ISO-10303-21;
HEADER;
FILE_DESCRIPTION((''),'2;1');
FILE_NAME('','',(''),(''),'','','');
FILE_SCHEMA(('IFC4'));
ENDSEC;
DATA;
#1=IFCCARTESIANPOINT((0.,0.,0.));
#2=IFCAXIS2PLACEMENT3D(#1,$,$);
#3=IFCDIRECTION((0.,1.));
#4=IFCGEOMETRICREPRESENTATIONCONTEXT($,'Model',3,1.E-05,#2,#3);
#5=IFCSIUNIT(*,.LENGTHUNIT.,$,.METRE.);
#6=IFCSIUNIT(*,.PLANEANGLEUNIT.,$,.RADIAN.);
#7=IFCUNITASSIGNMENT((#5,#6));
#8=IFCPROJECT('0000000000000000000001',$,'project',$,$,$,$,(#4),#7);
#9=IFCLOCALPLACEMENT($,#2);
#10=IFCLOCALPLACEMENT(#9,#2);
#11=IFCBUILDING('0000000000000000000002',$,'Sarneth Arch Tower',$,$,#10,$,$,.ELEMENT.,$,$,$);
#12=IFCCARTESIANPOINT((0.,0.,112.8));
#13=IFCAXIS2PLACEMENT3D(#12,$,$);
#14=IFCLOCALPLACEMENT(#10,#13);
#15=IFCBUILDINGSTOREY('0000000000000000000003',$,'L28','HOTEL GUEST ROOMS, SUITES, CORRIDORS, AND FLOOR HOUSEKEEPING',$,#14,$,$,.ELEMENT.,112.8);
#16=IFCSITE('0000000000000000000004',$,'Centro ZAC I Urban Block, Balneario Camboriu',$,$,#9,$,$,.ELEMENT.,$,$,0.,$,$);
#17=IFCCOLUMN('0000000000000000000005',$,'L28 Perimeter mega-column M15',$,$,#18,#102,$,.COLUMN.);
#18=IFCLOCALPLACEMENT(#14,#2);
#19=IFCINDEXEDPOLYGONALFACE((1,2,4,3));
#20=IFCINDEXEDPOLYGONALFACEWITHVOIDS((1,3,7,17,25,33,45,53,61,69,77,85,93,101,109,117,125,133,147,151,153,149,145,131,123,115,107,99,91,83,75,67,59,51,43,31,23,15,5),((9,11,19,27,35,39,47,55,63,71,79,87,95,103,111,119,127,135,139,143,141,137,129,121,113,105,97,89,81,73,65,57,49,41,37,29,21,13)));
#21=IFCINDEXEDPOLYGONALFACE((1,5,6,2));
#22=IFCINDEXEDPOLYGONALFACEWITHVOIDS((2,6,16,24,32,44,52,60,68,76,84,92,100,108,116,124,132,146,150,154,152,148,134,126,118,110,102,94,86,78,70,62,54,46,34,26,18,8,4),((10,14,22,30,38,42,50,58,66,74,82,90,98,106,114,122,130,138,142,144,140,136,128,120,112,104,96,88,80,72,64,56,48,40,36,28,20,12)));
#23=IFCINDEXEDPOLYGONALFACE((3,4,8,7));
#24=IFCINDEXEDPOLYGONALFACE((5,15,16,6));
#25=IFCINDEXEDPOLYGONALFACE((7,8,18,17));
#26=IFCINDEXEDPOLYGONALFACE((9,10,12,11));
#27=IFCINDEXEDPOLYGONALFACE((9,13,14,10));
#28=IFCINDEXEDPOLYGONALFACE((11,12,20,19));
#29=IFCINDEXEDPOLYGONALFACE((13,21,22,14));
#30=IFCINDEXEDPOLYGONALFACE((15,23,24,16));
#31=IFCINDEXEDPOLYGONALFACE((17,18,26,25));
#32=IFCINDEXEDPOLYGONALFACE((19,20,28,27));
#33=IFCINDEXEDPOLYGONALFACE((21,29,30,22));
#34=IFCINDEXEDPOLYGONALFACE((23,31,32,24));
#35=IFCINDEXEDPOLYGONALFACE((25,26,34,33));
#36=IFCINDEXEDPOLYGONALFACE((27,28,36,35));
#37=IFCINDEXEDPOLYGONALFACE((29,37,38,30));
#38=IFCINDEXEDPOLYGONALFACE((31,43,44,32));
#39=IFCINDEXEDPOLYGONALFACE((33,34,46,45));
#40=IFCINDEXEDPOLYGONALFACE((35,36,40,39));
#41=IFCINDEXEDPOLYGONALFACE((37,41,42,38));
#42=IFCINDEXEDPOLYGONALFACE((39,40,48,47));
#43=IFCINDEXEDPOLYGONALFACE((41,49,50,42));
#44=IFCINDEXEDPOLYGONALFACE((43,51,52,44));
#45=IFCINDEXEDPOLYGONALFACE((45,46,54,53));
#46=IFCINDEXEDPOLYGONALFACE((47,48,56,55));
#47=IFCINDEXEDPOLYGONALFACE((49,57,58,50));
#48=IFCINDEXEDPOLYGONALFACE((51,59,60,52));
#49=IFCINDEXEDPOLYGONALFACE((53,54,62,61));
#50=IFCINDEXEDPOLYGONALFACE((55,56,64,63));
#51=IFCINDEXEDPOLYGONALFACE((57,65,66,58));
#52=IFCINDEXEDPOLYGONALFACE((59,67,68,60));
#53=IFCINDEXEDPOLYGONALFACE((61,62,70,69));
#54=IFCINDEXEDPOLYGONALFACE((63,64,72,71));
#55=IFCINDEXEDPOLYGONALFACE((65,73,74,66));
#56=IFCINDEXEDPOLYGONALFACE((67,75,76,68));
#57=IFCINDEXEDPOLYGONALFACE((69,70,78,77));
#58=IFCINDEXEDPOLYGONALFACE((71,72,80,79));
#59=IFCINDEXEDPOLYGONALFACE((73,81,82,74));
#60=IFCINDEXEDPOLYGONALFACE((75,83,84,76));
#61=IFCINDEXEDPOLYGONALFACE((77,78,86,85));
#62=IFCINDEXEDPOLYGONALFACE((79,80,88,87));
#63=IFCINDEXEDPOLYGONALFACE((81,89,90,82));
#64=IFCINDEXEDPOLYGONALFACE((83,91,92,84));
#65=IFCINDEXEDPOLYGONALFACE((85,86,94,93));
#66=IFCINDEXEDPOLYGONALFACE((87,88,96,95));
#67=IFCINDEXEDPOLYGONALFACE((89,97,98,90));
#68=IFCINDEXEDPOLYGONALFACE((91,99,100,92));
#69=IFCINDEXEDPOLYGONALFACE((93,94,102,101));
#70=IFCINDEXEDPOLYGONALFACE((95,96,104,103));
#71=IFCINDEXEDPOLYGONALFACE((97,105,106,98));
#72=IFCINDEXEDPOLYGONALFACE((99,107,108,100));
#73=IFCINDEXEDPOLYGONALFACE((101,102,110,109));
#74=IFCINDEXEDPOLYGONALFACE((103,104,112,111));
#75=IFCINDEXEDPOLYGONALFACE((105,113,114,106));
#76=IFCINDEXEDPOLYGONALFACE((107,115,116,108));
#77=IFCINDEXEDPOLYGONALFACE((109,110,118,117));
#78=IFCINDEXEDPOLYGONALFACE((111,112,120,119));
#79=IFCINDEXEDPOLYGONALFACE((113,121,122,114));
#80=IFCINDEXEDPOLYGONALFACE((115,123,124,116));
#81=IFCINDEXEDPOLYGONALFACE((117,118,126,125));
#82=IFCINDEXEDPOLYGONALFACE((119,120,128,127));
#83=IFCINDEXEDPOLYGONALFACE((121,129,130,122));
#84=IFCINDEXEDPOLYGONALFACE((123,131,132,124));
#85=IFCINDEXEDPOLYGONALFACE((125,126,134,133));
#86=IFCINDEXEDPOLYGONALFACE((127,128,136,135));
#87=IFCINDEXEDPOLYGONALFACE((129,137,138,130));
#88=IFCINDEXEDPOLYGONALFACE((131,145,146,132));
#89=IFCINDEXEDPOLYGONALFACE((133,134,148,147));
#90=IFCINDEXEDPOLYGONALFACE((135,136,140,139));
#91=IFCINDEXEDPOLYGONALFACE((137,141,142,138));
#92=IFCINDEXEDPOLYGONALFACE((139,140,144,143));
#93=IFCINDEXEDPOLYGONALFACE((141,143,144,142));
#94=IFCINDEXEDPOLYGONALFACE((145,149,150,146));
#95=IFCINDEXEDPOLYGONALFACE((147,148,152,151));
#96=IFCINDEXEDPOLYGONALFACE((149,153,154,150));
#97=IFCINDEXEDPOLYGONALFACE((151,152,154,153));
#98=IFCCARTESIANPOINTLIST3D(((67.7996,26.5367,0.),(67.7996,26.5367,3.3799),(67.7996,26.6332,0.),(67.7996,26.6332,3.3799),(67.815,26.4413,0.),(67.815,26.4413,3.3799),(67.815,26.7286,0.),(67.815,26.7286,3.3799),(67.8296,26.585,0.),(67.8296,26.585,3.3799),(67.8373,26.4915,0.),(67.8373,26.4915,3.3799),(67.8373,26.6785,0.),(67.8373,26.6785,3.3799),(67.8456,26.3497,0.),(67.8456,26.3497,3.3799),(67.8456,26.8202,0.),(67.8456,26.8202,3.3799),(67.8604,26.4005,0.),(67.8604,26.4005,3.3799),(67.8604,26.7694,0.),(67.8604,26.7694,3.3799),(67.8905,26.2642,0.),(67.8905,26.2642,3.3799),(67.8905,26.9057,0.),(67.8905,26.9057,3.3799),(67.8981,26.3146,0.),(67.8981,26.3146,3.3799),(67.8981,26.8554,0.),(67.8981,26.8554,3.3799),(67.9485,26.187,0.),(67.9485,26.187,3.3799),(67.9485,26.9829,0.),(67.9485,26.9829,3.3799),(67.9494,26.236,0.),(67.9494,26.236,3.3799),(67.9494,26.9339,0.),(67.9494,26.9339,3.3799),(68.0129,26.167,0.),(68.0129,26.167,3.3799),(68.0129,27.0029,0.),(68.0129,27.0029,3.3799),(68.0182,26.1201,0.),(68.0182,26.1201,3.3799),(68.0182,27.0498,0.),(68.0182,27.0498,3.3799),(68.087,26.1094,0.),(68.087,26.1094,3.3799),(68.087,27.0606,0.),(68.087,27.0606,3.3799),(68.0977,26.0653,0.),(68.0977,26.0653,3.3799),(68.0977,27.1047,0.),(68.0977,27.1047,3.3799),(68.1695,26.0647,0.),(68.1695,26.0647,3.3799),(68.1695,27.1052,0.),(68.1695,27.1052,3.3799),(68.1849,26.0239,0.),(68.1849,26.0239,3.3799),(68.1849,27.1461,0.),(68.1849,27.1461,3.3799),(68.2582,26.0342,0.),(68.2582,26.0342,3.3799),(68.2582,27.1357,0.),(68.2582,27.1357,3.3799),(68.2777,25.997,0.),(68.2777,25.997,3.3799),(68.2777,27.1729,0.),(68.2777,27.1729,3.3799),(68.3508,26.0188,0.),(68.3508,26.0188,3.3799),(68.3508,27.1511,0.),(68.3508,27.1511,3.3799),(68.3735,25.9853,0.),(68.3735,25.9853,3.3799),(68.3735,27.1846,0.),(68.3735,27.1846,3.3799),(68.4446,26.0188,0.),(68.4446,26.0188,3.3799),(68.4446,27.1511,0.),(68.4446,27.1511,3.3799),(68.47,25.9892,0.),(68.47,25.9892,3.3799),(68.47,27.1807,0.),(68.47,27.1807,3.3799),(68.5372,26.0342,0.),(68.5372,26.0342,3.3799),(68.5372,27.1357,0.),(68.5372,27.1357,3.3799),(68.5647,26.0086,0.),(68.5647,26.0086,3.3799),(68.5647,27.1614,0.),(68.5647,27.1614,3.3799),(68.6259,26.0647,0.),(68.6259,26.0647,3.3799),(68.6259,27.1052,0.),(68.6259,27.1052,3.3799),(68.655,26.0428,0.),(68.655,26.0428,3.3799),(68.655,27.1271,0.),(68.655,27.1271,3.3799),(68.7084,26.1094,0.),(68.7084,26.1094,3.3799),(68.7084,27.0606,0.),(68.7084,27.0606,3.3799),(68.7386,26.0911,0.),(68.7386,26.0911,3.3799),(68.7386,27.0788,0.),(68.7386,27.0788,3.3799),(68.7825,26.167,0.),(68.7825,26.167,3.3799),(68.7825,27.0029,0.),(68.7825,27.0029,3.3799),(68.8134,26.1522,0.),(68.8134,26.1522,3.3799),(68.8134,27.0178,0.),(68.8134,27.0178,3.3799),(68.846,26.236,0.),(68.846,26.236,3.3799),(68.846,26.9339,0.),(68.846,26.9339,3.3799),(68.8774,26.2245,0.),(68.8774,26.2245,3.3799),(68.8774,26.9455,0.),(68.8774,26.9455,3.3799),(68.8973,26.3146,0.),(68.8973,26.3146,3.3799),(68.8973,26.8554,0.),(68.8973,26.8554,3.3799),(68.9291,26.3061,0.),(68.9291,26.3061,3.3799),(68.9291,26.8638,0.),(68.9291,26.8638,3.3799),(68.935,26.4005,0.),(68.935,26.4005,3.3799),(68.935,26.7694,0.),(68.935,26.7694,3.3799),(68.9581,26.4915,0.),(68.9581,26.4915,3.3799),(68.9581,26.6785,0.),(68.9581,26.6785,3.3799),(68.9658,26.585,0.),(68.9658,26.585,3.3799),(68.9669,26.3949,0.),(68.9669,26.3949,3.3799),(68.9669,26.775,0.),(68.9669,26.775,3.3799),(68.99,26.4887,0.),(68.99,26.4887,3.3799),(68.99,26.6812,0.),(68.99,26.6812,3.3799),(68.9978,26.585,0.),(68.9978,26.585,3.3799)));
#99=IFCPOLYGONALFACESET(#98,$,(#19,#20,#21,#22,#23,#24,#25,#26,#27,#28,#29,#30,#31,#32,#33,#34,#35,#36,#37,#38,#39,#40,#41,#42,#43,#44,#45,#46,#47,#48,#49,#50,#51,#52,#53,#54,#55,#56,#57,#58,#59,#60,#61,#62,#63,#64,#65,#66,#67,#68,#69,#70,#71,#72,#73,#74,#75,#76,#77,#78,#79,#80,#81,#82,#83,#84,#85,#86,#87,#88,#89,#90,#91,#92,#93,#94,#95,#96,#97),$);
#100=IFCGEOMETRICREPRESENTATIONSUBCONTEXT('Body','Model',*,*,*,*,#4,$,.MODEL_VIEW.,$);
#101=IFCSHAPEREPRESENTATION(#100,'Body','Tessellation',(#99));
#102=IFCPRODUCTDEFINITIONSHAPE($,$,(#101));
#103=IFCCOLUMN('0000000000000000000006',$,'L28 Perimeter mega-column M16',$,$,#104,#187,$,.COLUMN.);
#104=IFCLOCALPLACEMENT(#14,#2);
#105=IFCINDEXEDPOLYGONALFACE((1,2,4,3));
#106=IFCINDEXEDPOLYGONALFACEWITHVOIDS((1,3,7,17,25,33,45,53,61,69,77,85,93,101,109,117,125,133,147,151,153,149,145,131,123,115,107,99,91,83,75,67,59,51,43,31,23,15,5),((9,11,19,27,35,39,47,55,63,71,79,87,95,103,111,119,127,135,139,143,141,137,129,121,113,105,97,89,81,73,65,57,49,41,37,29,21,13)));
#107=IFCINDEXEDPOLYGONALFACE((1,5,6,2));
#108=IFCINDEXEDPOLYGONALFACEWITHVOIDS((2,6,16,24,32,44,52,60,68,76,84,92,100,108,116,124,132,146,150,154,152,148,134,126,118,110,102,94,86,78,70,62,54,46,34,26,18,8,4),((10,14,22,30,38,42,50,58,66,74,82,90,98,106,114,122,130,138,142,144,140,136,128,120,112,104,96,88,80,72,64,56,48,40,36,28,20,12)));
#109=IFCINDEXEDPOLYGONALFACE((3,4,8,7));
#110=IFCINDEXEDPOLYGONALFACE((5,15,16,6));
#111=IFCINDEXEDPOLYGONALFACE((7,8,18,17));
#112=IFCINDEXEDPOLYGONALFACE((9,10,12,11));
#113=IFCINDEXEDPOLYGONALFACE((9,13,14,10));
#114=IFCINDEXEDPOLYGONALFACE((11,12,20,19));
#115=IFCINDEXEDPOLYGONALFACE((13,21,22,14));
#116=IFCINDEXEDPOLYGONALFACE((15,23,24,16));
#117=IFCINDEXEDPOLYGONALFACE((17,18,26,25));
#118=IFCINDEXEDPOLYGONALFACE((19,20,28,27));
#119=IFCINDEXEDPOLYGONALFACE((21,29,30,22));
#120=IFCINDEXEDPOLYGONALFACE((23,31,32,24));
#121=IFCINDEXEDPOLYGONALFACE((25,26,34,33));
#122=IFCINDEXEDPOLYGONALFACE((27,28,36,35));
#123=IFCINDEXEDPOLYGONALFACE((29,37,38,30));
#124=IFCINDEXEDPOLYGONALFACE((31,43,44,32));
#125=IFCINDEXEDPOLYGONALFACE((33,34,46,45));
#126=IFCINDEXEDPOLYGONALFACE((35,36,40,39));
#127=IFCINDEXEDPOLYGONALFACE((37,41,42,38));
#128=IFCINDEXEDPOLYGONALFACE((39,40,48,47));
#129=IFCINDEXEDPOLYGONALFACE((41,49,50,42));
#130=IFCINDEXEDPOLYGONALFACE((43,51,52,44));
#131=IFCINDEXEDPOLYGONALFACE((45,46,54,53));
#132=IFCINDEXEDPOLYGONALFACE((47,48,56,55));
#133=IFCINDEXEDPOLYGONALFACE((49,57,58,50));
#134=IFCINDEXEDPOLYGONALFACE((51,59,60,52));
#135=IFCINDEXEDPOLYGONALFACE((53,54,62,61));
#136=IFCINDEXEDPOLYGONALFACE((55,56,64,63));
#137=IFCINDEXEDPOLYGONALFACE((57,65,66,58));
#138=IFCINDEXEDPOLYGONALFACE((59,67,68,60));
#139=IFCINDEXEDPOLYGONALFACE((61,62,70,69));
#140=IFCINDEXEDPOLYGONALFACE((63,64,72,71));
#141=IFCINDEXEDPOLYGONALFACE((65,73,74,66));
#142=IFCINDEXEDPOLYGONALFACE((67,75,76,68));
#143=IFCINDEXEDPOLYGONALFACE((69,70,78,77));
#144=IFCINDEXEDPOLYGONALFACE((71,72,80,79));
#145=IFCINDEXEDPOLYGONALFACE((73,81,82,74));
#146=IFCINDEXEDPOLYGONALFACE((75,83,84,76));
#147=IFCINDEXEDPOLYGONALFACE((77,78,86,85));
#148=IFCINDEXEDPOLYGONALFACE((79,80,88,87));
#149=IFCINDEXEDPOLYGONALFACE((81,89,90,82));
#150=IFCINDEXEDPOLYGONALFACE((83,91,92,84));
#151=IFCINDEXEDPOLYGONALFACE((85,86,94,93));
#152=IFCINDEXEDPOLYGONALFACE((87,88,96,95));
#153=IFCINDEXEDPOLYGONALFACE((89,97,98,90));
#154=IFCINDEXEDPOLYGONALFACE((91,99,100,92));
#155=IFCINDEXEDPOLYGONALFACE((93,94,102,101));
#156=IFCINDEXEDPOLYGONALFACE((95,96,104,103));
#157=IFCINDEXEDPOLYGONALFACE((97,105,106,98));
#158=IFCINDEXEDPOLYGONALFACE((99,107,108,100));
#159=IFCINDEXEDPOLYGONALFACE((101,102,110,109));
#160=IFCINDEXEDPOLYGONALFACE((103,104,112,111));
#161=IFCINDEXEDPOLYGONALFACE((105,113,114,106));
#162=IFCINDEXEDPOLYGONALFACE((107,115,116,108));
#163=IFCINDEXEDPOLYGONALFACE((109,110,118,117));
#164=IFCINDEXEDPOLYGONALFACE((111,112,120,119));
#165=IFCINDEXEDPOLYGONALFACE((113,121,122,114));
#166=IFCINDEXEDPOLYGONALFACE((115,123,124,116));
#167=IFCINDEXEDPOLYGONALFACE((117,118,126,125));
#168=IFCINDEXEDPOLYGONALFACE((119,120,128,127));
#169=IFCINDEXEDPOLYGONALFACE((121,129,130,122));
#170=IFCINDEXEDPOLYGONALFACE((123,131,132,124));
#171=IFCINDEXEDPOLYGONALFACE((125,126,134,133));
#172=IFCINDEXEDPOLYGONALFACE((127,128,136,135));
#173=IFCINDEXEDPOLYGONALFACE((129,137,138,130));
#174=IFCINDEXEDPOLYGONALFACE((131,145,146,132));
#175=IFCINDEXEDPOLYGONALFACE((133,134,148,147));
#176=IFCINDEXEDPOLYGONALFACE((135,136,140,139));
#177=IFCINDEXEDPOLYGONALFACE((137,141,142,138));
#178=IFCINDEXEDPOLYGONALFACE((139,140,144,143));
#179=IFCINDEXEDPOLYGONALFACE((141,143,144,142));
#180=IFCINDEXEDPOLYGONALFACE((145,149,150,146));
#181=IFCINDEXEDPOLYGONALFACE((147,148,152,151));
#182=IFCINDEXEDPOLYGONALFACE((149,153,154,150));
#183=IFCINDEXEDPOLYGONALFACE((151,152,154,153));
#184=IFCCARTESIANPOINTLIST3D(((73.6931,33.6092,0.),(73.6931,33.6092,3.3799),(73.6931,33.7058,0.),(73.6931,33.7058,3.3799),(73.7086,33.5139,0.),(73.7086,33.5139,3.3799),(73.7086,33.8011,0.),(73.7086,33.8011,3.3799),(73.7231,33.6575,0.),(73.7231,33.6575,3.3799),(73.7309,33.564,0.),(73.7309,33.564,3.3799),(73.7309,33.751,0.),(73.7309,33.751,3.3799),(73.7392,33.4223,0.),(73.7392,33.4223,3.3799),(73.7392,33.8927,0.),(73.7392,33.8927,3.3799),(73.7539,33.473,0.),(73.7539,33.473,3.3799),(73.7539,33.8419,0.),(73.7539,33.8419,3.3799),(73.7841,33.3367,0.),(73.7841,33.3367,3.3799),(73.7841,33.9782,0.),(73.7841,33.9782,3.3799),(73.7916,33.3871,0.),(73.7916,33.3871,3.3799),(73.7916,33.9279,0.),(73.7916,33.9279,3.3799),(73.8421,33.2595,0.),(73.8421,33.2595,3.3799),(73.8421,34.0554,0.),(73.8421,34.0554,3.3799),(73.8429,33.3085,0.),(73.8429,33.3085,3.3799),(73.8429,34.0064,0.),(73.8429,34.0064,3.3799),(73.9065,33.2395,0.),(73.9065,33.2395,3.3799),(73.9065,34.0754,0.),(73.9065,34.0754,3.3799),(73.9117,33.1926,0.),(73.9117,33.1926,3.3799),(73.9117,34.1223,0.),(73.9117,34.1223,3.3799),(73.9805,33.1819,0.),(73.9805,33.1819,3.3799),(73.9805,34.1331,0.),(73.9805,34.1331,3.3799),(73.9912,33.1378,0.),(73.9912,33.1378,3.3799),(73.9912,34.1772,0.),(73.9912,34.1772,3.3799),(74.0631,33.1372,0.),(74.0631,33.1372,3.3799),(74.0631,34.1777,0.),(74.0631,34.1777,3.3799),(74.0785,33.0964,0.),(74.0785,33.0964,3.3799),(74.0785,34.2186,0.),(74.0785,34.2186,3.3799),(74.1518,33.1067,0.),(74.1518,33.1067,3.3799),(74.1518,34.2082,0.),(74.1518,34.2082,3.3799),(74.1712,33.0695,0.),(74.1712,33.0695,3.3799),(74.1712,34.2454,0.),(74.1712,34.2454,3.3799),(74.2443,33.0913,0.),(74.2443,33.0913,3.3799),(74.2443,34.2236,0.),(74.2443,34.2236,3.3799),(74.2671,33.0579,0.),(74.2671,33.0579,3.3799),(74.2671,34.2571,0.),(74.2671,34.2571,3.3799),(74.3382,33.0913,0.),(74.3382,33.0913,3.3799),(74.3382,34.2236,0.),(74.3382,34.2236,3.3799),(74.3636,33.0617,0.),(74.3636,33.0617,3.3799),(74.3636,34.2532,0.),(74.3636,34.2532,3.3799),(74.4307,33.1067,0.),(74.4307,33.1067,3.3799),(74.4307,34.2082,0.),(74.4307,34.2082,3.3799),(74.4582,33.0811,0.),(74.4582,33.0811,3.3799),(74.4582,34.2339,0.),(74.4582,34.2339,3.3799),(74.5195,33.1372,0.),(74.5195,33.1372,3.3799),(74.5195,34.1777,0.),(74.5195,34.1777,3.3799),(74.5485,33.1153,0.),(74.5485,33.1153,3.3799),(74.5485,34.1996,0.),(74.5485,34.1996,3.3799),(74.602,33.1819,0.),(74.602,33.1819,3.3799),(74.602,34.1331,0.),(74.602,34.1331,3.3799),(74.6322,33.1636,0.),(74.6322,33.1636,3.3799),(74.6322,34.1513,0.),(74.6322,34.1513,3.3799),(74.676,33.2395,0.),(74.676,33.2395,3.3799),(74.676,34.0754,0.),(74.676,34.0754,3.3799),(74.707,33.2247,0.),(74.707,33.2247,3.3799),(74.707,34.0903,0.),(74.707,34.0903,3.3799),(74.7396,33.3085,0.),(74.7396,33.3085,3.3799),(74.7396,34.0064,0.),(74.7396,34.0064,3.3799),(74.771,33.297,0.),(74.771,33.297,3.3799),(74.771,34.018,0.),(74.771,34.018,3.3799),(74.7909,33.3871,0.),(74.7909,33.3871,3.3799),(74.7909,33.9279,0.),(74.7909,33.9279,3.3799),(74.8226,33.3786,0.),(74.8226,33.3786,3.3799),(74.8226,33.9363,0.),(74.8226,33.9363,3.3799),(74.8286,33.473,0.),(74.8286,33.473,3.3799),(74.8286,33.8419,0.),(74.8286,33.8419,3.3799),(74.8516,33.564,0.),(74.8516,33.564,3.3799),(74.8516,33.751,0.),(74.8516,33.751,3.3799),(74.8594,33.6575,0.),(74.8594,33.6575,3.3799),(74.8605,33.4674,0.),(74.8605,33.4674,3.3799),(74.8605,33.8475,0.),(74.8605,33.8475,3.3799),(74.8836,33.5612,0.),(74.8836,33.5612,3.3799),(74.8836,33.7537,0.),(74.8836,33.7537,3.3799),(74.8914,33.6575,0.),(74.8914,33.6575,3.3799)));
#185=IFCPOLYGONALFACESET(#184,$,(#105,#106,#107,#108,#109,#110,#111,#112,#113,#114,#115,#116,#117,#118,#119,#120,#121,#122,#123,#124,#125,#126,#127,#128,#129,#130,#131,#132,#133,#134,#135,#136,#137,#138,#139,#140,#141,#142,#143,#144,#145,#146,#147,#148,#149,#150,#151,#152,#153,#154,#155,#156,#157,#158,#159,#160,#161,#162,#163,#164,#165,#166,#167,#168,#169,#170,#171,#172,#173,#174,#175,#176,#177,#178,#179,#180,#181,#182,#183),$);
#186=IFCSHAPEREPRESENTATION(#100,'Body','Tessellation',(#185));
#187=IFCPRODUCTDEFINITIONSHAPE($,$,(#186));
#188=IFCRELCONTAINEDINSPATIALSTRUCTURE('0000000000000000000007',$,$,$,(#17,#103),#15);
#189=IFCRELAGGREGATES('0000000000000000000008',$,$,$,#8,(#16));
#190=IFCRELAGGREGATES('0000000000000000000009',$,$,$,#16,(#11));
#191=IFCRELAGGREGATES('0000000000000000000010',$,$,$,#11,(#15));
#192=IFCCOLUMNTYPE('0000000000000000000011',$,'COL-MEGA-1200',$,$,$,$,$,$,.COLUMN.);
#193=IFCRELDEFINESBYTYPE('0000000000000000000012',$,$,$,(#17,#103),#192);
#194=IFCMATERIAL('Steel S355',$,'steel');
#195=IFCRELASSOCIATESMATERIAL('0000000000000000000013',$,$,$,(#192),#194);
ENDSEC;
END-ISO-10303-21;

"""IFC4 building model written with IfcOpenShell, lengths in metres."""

from ifc_helpers import new_model, si_unit, direction, frame, origin, origin_2d, place, context, subcontext, project, spatial, hollow_circle, extrude, material, material_profile, profile_set, type_object, element, save


model = new_model("IFC4")

# Units and contexts
model_context = context("Model", 3, precision=1e-05, world=origin(), true_north=direction((0.0, 1.0)))
body_context = subcontext(model_context, "Body", "Model", "MODEL_VIEW")
ifc_project = project(units=[si_unit("LENGTHUNIT", "METRE"), si_unit("PLANEANGLEUNIT", "RADIAN")], contexts=[model_context])

# Site, building, storey
site_placement = place(None, origin())
site = spatial("IfcSite", under=ifc_project, at=site_placement, Name="Centro ZAC I Urban Block, Balneario Camboriu", CompositionType="ELEMENT", RefElevation=0.0)
building_placement = place(site_placement, origin())
building = spatial("IfcBuilding", under=site, at=building_placement, Name="Sarneth Arch Tower", CompositionType="ELEMENT")
storey_placement = place(building_placement, frame((0.0, 0.0, 112.8)))
storey = spatial("IfcBuildingStorey", under=building, at=storey_placement, Name="L28", Description="HOTEL GUEST ROOMS, SUITES, CORRIDORS, AND FLOOR HOUSEKEEPING", CompositionType="ELEMENT", Elevation=112.8)

# Columns
ifc_material_1 = material(Name="Steel S355", Category="steel")
ifc_material_profile_1 = material_profile(ifc_material_1, hollow_circle(Radius=0.6001, WallThickness=0.032, at=origin_2d()), Name="CHS1200x32")
ifc_profile_set_1 = profile_set([ifc_material_profile_1], Name="Steel S355")
column_type = type_object("IfcColumnType", Name="COL-MEGA-1200", PredefinedType="COLUMN", material=ifc_profile_set_1)
for number, where, z_axis, x_axis, name in (
    (1, (68.3977, 26.585, 0.0), (0.0, 0.0, 1.0), (1.0, 0.0, 0.0), "L28 Perimeter mega-column M15"),
    (2, (74.2913, 33.6575, 0.0), (0.0, 0.0, 1.0), (1.0, 0.0, 0.0), "L28 Perimeter mega-column M16"),
):
    element("IfcColumn", number, at=place(storey_placement, frame(where, z_axis=z_axis, x_axis=x_axis)), inside=storey, type_object=column_type, Name=name, PredefinedType="COLUMN", context=body_context, shape_type="SweptSolid", body=[
        extrude(hollow_circle(Radius=0.6001, WallThickness=0.032, at=origin_2d()), origin(), (0.0, 0.0, 1.0), 3.3799),
    ])

save(model, "model.ifc")
